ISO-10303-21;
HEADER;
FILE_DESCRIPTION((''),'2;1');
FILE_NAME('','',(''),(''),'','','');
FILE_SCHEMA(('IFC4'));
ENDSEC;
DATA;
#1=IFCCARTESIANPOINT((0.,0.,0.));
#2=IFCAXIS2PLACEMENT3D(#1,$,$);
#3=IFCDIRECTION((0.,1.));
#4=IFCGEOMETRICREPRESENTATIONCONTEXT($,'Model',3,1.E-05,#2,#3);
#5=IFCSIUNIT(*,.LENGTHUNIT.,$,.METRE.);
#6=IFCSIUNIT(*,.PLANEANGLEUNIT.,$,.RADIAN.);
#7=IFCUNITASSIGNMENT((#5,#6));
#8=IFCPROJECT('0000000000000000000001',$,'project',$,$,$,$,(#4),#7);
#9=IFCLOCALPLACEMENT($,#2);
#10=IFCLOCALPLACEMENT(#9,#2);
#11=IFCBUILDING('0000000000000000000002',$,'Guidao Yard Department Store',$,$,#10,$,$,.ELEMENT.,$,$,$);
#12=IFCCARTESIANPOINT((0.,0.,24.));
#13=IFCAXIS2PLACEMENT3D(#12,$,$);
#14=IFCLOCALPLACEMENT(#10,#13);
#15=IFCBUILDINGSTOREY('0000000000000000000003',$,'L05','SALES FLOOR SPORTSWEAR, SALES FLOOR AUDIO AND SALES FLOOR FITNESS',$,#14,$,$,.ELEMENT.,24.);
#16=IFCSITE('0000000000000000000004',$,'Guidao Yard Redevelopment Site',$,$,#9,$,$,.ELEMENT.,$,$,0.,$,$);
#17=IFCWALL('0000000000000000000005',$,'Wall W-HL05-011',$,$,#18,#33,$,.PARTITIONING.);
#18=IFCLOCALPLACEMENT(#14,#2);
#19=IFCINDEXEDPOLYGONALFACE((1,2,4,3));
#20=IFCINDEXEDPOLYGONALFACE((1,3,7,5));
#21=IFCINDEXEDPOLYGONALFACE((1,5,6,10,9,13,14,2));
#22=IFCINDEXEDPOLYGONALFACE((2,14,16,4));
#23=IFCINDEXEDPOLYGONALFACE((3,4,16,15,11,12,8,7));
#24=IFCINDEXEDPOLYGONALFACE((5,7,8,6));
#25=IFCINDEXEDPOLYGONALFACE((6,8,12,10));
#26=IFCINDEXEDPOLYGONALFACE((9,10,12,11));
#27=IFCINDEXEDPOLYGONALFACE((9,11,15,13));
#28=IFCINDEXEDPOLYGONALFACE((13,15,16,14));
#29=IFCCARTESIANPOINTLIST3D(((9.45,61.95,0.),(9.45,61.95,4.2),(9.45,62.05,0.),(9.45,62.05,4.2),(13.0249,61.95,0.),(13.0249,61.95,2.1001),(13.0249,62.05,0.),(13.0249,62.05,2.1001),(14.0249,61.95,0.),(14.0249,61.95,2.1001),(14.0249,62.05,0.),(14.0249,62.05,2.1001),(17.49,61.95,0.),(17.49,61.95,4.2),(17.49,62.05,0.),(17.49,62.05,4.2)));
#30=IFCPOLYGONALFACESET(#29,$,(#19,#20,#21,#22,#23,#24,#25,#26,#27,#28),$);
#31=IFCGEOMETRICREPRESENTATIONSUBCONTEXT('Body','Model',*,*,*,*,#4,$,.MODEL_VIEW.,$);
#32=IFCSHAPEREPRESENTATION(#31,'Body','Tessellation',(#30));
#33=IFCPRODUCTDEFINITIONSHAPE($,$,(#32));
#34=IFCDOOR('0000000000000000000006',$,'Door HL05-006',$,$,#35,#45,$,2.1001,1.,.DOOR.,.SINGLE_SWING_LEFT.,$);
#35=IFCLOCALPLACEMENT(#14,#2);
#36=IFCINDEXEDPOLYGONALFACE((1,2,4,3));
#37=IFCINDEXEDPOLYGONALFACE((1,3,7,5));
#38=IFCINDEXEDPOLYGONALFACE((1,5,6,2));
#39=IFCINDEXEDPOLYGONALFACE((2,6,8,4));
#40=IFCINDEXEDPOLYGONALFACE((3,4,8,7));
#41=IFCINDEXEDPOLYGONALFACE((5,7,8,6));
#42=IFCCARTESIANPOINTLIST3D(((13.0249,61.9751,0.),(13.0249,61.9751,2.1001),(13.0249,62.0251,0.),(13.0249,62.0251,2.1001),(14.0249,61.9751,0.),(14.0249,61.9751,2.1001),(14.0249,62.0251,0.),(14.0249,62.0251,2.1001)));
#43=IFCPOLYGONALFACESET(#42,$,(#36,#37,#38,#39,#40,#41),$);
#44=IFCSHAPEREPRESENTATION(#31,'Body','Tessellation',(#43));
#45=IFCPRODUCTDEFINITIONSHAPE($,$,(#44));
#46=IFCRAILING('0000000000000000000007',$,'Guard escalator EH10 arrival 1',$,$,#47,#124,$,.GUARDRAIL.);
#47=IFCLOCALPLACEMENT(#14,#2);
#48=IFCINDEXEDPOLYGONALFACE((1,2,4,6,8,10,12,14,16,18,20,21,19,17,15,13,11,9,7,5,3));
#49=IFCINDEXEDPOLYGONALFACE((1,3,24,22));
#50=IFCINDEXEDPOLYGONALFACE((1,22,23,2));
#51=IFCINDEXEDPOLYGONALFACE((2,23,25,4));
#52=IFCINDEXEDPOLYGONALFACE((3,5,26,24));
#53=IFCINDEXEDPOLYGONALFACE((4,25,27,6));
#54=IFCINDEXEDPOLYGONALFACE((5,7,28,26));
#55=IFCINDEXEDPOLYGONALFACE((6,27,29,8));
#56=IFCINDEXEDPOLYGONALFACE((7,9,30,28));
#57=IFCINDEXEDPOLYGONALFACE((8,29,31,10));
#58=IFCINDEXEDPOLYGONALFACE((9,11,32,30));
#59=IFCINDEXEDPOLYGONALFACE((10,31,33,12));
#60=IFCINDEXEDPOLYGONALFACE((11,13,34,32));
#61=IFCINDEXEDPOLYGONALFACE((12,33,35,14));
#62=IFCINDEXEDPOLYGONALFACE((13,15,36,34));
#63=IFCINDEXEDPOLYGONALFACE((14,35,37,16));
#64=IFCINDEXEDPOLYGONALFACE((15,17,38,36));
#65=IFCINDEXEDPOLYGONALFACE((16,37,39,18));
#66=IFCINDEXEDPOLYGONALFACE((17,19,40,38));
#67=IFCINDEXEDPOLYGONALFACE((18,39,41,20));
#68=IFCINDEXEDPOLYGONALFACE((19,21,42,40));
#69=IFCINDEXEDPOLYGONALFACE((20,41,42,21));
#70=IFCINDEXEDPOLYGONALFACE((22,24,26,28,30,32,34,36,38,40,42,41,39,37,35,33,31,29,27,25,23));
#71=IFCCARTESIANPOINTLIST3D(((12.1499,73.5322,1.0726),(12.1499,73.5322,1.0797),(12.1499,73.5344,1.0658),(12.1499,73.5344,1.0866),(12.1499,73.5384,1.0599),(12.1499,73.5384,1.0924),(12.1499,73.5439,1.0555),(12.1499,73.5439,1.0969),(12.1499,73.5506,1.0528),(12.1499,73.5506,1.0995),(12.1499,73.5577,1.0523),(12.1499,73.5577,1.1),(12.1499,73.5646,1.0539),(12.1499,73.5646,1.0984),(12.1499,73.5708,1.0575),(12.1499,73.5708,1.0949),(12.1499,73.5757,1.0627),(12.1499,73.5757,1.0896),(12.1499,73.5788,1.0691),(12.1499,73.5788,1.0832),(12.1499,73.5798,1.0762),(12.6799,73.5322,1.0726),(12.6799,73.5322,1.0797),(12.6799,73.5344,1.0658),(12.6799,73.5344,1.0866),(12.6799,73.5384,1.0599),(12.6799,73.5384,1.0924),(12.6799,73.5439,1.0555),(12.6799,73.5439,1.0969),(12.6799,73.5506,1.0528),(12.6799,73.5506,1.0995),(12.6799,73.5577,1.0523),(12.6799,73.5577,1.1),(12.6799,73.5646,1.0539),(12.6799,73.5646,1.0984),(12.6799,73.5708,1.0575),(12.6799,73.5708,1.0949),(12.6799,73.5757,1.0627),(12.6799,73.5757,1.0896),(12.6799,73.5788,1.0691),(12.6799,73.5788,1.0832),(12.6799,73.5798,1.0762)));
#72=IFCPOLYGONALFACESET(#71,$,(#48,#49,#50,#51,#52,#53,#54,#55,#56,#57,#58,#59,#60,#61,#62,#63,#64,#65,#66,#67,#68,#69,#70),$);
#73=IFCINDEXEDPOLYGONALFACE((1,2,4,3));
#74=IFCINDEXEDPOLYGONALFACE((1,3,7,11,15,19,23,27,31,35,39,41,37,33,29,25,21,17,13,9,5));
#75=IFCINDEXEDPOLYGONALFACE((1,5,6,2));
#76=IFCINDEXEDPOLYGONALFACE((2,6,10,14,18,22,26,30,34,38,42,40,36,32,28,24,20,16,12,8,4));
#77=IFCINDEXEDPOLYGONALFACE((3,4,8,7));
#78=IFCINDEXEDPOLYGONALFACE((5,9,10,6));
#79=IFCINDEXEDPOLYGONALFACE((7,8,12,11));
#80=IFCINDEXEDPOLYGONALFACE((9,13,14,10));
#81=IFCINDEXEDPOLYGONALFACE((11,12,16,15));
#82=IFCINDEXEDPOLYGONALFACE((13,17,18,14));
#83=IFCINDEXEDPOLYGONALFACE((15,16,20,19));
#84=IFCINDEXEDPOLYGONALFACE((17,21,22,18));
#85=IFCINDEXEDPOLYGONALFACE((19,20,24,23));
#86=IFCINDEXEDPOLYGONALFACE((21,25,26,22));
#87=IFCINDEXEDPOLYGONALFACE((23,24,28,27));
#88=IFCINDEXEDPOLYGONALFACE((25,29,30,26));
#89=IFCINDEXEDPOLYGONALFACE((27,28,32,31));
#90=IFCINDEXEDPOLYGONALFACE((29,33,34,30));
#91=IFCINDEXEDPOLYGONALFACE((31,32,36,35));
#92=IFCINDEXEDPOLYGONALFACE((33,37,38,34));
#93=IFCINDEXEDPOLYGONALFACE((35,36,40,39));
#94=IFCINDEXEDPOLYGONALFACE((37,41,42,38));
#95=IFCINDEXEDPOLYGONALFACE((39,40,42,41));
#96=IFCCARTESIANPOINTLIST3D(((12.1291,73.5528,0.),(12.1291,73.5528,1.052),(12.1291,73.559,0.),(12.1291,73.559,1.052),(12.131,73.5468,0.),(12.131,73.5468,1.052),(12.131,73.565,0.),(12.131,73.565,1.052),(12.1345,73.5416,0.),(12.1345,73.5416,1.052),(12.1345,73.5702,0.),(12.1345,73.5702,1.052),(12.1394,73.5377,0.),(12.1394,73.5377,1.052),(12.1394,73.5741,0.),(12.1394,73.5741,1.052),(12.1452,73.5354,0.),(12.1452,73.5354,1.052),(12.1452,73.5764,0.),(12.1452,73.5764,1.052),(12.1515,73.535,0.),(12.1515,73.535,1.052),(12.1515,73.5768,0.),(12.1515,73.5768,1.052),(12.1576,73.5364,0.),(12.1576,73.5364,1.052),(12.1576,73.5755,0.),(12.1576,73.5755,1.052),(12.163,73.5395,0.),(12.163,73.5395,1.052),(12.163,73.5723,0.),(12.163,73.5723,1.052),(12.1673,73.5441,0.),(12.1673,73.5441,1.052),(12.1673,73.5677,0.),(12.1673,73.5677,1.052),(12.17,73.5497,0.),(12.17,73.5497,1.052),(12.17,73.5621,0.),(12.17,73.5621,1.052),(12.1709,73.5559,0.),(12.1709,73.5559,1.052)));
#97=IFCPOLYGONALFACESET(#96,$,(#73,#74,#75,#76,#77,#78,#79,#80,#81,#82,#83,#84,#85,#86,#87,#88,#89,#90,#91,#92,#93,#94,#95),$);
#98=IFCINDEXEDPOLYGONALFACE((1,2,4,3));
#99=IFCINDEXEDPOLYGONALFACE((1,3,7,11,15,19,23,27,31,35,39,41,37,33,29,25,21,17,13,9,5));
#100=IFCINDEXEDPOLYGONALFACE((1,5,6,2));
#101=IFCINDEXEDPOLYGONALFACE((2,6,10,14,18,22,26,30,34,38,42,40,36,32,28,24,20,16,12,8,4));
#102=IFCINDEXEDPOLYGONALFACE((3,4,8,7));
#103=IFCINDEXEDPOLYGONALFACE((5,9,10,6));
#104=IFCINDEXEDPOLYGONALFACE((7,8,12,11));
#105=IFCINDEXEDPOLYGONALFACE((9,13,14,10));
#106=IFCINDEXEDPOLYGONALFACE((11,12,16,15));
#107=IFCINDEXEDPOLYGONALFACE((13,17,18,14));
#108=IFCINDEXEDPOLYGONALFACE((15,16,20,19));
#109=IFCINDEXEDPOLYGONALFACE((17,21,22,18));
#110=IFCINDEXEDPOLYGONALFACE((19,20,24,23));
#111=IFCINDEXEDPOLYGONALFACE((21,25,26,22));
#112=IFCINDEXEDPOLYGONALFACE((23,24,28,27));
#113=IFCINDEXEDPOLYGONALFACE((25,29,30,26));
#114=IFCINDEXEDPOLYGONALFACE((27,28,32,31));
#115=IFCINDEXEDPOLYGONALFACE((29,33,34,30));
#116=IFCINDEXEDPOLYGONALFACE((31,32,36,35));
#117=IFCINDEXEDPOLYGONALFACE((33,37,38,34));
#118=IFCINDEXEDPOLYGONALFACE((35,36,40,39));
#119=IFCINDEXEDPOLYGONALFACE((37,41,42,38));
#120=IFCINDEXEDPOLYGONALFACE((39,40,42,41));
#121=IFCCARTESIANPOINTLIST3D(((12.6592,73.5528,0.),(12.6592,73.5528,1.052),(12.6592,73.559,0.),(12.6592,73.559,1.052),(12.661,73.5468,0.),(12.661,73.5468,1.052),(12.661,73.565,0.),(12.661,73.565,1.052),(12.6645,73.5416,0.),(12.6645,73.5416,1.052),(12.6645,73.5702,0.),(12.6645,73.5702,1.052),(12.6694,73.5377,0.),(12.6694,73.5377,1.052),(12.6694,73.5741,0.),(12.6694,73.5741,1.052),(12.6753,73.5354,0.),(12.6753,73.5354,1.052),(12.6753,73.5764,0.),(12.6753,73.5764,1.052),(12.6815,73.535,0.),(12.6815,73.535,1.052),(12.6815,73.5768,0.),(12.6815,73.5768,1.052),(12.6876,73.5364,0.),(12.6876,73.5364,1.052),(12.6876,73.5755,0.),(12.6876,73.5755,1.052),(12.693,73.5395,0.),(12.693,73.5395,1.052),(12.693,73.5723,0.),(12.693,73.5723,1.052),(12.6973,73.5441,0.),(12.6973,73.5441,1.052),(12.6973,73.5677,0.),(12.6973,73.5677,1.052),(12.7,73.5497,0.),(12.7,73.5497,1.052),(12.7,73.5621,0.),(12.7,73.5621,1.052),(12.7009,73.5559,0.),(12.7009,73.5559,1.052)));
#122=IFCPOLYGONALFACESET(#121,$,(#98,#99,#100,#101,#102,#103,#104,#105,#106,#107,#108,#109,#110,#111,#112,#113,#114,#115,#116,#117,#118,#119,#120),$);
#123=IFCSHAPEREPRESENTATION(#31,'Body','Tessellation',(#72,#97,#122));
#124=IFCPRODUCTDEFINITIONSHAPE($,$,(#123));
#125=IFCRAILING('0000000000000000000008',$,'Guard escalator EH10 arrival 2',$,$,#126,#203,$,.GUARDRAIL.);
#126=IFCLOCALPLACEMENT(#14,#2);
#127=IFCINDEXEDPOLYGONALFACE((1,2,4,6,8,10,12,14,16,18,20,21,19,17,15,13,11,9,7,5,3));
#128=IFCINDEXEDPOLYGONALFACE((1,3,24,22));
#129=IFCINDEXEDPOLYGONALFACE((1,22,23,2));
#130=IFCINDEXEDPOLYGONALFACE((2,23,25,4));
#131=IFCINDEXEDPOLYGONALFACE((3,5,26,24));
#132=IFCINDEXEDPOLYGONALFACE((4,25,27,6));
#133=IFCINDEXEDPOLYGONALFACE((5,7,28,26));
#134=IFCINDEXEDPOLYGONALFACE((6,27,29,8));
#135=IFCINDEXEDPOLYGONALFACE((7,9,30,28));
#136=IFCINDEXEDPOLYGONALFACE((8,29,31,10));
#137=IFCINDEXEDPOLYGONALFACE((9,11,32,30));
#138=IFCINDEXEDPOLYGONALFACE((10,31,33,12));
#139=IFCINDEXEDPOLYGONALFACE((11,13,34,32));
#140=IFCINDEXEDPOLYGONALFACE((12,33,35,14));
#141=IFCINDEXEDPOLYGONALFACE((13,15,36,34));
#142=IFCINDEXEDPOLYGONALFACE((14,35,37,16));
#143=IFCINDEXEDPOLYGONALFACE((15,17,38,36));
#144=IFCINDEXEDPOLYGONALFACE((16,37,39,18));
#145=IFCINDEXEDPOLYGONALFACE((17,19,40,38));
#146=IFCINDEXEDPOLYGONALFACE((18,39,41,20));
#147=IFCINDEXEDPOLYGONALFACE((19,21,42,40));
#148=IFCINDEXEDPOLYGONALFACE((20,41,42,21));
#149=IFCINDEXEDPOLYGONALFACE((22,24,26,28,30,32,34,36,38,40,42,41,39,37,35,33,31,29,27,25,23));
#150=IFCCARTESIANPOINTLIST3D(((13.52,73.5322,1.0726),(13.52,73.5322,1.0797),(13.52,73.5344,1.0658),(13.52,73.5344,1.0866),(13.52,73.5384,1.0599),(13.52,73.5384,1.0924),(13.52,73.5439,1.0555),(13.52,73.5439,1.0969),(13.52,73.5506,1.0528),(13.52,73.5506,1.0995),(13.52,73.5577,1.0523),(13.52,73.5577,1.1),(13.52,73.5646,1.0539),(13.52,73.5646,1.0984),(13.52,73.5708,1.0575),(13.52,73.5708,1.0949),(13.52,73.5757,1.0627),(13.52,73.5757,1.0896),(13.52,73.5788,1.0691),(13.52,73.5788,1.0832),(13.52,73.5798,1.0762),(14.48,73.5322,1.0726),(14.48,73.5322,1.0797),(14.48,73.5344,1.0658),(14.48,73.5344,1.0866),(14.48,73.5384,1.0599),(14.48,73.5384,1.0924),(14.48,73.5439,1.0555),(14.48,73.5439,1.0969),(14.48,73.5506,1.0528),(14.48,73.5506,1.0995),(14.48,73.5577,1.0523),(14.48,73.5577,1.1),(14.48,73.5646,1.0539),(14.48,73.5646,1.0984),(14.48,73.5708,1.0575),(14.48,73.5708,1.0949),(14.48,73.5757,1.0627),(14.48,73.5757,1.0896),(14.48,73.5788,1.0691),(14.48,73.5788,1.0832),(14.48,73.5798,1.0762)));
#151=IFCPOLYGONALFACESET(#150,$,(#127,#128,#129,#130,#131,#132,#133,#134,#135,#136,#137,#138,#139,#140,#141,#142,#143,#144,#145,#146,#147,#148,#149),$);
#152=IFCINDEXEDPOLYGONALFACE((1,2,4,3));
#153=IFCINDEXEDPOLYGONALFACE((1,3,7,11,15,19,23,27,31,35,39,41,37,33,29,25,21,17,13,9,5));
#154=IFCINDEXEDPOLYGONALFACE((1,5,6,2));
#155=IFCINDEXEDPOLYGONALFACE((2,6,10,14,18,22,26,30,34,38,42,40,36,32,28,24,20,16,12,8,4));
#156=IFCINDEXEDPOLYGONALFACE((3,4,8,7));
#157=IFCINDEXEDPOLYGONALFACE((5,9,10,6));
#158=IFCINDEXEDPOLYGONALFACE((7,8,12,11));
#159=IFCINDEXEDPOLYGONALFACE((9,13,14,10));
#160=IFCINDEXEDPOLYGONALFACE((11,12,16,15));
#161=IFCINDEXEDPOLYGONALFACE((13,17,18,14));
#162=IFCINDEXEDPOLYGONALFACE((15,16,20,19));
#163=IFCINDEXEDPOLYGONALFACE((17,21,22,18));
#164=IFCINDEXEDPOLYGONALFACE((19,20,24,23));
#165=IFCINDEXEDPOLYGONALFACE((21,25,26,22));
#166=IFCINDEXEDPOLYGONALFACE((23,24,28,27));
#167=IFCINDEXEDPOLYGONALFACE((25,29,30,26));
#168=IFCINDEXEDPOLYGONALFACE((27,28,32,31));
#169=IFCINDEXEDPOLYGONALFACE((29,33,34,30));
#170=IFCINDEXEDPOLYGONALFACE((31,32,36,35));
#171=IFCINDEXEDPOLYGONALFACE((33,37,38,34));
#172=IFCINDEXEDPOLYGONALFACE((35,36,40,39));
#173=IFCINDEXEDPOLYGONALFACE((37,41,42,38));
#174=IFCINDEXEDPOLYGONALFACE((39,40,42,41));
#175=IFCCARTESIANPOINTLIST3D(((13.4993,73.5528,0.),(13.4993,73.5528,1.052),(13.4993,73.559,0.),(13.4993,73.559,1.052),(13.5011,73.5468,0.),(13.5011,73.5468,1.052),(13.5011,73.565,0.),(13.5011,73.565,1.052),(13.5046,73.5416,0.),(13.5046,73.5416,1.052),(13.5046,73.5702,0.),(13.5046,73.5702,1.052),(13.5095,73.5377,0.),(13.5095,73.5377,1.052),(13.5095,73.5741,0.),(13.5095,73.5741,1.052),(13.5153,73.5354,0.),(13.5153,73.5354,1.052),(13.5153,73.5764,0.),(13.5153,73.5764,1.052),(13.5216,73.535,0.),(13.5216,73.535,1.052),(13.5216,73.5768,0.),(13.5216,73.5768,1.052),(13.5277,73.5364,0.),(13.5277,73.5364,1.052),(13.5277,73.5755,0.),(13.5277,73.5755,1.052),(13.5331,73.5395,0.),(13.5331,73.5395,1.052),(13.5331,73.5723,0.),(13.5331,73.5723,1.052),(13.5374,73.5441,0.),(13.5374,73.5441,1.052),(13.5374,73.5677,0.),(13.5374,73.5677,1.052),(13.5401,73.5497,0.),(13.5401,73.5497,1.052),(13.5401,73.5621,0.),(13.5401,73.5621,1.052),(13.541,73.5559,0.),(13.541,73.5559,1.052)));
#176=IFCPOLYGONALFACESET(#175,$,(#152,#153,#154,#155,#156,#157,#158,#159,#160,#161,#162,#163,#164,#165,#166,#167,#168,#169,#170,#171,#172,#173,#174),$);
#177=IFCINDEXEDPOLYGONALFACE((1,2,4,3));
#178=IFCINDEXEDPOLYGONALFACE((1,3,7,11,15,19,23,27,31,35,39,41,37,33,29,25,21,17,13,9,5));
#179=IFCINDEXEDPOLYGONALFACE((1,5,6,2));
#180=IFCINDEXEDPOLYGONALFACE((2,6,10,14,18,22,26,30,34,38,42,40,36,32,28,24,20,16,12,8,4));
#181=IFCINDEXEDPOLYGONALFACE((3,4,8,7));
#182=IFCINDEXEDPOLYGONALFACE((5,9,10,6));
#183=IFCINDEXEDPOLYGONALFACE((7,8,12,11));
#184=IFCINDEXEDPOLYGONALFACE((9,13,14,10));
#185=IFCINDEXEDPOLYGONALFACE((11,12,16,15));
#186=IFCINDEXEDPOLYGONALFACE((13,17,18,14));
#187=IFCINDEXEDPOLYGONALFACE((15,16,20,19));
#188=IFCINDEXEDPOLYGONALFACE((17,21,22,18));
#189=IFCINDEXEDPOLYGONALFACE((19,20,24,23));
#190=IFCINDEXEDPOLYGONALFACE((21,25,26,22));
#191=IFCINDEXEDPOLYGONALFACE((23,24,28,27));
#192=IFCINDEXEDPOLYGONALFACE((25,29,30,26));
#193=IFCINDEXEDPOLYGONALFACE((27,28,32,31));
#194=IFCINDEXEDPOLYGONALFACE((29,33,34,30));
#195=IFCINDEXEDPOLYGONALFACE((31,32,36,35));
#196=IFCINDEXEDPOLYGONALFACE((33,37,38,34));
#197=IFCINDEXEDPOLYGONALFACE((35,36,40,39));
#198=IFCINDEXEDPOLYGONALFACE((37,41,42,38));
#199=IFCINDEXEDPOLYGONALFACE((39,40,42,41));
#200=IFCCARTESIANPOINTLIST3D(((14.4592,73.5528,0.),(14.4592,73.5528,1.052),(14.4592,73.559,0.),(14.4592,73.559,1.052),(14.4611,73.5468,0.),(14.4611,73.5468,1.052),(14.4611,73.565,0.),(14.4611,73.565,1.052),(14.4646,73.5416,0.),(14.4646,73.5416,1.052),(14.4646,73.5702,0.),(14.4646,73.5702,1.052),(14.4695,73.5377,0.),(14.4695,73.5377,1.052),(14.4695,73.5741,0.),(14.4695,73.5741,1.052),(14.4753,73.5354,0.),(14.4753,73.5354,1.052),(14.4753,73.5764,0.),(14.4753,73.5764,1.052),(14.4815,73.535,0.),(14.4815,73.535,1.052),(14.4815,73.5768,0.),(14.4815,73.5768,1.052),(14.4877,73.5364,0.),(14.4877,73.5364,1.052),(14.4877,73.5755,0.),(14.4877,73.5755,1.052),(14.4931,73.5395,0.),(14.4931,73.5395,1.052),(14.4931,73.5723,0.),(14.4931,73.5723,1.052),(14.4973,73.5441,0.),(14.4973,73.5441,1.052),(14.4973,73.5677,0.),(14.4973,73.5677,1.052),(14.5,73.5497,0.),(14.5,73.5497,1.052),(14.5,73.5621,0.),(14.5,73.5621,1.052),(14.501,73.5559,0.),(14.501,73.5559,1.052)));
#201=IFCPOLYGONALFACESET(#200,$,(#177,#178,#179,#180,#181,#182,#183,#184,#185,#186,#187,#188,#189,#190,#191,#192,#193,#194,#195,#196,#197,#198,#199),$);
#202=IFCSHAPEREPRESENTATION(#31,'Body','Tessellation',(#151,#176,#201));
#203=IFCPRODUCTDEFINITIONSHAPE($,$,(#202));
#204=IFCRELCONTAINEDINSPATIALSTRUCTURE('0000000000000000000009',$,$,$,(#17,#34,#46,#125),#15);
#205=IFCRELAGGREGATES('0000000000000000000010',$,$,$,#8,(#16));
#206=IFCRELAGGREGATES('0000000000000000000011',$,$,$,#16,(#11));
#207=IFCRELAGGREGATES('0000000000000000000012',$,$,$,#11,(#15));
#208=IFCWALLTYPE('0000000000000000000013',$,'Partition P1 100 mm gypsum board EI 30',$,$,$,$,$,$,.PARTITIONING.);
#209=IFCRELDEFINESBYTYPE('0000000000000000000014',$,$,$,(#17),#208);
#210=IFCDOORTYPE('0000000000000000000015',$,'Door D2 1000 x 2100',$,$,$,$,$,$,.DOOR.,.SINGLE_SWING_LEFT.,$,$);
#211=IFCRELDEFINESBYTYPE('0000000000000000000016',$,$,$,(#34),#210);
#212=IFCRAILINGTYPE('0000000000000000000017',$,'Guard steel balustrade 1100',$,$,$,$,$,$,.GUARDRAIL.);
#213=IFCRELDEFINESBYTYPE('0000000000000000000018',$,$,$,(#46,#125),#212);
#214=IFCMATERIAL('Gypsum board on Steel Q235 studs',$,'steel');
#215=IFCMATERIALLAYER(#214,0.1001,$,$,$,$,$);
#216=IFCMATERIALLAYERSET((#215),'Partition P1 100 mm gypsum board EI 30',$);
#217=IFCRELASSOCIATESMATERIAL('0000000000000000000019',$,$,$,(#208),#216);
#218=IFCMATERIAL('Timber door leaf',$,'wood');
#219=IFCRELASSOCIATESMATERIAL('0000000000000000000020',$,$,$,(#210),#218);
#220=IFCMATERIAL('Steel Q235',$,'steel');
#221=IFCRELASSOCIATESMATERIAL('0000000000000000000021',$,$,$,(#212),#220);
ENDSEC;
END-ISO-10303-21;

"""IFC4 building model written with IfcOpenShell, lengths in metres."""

from ifc_helpers import new_model, si_unit, direction, frame, frame_2d, origin, origin_2d, place, context, subcontext, project, spatial, rectangle, circle, extrude, material, layer, layer_set, type_object, element, fill, save


model = new_model("IFC4")

# Units and contexts
model_context = context("Model", 3, precision=1e-05, world=origin(), true_north=direction((0.0, 1.0)))
body_context = subcontext(model_context, "Body", "Model", "MODEL_VIEW")
ifc_project = project(units=[si_unit("LENGTHUNIT", "METRE"), si_unit("PLANEANGLEUNIT", "RADIAN")], contexts=[model_context])

# Site, building, storey
site_placement = place(None, origin())
site = spatial("IfcSite", under=ifc_project, at=site_placement, Name="Guidao Yard Redevelopment Site", CompositionType="ELEMENT", RefElevation=0.0)
building_placement = place(site_placement, origin())
building = spatial("IfcBuilding", under=site, at=building_placement, Name="Guidao Yard Department Store", CompositionType="ELEMENT")
storey_placement = place(building_placement, frame((0.0, 0.0, 24.0)))
storey = spatial("IfcBuildingStorey", under=building, at=storey_placement, Name="L05", Description="SALES FLOOR SPORTSWEAR, SALES FLOOR AUDIO AND SALES FLOOR FITNESS", CompositionType="ELEMENT", Elevation=24.0)

# Shared definitions
ifc_material_1 = material(Name="Gypsum board on Steel Q235 studs", Category="steel")
ifc_layer = layer(ifc_material_1, 0.1001)
ifc_layer_set = layer_set([ifc_layer], Name="Partition P1 100 mm gypsum board EI 30")
wall_type = type_object("IfcWallType", Name="Partition P1 100 mm gypsum board EI 30", PredefinedType="PARTITIONING", material=ifc_layer_set)
ifc_material_2 = material(Name="Timber door leaf", Category="wood")
door_type = type_object("IfcDoorType", Name="Door D2 1000 x 2100", OperationType="SINGLE_SWING_LEFT", PredefinedType="DOOR", material=ifc_material_2)

# Wall, opening, door
wall_1_placement = place(storey_placement, frame((9.45, 62.0, 0.0), z_axis=(0.0, 0.0, 1.0), x_axis=(1.0, 0.0, 0.0)))
wall_1 = element("IfcWall", 1, at=wall_1_placement, inside=storey, type_object=wall_type, Name="Wall W-HL05-011", PredefinedType="PARTITIONING", context=body_context, shape_type="SweptSolid", body=[
    extrude(rectangle(XDim=8.04, YDim=0.1001, at=frame_2d((4.02, 0.0))), origin(), (0.0, 0.0, 1.0), 4.2),
])
opening_1_placement = place(wall_1_placement, frame((4.575, 0.0, 0.0), z_axis=(0.0, 0.0, 1.0), x_axis=(-1.0, 0.0, 0.0)))
opening_1 = element("IfcOpeningElement", 2, at=opening_1_placement, cuts=wall_1, PredefinedType="OPENING", context=body_context, shape_type="SweptSolid", body=[
    extrude(rectangle(XDim=1.0, YDim=2.1001, at=frame_2d((0.5, 1.05))), frame((0.0, 0.0601, 0.0), z_axis=(0.0, -1.0, 0.0), x_axis=(1.0, 0.0, 0.0)), (0.0, 0.0, 1.0), 0.1201),
])
door_1_placement = place(opening_1_placement, origin())
door_1 = element("IfcDoor", 3, at=door_1_placement, inside=storey, type_object=door_type, Name="Door HL05-006", OperationType="SINGLE_SWING_LEFT", OverallHeight=2.1001, OverallWidth=1.0, PredefinedType="DOOR", context=body_context, shape_type="SweptSolid", body=[
    extrude(rectangle(XDim=1.0, YDim=2.1001, at=frame_2d((0.5, 1.05))), frame((0.0, 0.0249, 0.0), z_axis=(0.0, -1.0, 0.0), x_axis=(1.0, 0.0, 0.0)), (0.0, 0.0, 1.0), 0.05),
])
fill(opening_1, door_1)

# Railings
ifc_material_3 = material(Name="Steel Q235", Category="steel")
railing_type = type_object("IfcRailingType", Name="Guard steel balustrade 1100", PredefinedType="GUARDRAIL", material=ifc_material_3)
railing_1_placement = place(storey_placement, frame((12.1499, 73.5559, 0.0)))
element("IfcRailing", 4, at=railing_1_placement, inside=storey, type_object=railing_type, Name="Guard escalator EH10 arrival 1", PredefinedType="GUARDRAIL", context=body_context, shape_type="SweptSolid", body=[
    extrude(circle(Radius=0.0239, at=origin_2d()), frame((0.0, 0.0, 1.0762), z_axis=(1.0, 0.0, 0.0), x_axis=(0.0, 1.0, 0.0)), (0.0, 0.0, 1.0), 0.53),
    extrude(circle(Radius=0.021, at=origin_2d()), origin(), (0.0, 0.0, 1.0), 1.052),
    extrude(circle(Radius=0.021, at=origin_2d()), frame((0.53, 0.0, 0.0)), (0.0, 0.0, 1.0), 1.052),
])
railing_2_placement = place(storey_placement, frame((13.52, 73.5559, 0.0)))
element("IfcRailing", 5, at=railing_2_placement, inside=storey, type_object=railing_type, Name="Guard escalator EH10 arrival 2", PredefinedType="GUARDRAIL", context=body_context, shape_type="SweptSolid", body=[
    extrude(circle(Radius=0.0239, at=origin_2d()), frame((0.0, 0.0, 1.0762), z_axis=(1.0, 0.0, 0.0), x_axis=(0.0, 1.0, 0.0)), (0.0, 0.0, 1.0), 0.96),
    extrude(circle(Radius=0.021, at=origin_2d()), origin(), (0.0, 0.0, 1.0), 1.052),
    extrude(circle(Radius=0.021, at=origin_2d()), frame((0.96, 0.0, 0.0)), (0.0, 0.0, 1.0), 1.052),
])

save(model, "model.ifc")
